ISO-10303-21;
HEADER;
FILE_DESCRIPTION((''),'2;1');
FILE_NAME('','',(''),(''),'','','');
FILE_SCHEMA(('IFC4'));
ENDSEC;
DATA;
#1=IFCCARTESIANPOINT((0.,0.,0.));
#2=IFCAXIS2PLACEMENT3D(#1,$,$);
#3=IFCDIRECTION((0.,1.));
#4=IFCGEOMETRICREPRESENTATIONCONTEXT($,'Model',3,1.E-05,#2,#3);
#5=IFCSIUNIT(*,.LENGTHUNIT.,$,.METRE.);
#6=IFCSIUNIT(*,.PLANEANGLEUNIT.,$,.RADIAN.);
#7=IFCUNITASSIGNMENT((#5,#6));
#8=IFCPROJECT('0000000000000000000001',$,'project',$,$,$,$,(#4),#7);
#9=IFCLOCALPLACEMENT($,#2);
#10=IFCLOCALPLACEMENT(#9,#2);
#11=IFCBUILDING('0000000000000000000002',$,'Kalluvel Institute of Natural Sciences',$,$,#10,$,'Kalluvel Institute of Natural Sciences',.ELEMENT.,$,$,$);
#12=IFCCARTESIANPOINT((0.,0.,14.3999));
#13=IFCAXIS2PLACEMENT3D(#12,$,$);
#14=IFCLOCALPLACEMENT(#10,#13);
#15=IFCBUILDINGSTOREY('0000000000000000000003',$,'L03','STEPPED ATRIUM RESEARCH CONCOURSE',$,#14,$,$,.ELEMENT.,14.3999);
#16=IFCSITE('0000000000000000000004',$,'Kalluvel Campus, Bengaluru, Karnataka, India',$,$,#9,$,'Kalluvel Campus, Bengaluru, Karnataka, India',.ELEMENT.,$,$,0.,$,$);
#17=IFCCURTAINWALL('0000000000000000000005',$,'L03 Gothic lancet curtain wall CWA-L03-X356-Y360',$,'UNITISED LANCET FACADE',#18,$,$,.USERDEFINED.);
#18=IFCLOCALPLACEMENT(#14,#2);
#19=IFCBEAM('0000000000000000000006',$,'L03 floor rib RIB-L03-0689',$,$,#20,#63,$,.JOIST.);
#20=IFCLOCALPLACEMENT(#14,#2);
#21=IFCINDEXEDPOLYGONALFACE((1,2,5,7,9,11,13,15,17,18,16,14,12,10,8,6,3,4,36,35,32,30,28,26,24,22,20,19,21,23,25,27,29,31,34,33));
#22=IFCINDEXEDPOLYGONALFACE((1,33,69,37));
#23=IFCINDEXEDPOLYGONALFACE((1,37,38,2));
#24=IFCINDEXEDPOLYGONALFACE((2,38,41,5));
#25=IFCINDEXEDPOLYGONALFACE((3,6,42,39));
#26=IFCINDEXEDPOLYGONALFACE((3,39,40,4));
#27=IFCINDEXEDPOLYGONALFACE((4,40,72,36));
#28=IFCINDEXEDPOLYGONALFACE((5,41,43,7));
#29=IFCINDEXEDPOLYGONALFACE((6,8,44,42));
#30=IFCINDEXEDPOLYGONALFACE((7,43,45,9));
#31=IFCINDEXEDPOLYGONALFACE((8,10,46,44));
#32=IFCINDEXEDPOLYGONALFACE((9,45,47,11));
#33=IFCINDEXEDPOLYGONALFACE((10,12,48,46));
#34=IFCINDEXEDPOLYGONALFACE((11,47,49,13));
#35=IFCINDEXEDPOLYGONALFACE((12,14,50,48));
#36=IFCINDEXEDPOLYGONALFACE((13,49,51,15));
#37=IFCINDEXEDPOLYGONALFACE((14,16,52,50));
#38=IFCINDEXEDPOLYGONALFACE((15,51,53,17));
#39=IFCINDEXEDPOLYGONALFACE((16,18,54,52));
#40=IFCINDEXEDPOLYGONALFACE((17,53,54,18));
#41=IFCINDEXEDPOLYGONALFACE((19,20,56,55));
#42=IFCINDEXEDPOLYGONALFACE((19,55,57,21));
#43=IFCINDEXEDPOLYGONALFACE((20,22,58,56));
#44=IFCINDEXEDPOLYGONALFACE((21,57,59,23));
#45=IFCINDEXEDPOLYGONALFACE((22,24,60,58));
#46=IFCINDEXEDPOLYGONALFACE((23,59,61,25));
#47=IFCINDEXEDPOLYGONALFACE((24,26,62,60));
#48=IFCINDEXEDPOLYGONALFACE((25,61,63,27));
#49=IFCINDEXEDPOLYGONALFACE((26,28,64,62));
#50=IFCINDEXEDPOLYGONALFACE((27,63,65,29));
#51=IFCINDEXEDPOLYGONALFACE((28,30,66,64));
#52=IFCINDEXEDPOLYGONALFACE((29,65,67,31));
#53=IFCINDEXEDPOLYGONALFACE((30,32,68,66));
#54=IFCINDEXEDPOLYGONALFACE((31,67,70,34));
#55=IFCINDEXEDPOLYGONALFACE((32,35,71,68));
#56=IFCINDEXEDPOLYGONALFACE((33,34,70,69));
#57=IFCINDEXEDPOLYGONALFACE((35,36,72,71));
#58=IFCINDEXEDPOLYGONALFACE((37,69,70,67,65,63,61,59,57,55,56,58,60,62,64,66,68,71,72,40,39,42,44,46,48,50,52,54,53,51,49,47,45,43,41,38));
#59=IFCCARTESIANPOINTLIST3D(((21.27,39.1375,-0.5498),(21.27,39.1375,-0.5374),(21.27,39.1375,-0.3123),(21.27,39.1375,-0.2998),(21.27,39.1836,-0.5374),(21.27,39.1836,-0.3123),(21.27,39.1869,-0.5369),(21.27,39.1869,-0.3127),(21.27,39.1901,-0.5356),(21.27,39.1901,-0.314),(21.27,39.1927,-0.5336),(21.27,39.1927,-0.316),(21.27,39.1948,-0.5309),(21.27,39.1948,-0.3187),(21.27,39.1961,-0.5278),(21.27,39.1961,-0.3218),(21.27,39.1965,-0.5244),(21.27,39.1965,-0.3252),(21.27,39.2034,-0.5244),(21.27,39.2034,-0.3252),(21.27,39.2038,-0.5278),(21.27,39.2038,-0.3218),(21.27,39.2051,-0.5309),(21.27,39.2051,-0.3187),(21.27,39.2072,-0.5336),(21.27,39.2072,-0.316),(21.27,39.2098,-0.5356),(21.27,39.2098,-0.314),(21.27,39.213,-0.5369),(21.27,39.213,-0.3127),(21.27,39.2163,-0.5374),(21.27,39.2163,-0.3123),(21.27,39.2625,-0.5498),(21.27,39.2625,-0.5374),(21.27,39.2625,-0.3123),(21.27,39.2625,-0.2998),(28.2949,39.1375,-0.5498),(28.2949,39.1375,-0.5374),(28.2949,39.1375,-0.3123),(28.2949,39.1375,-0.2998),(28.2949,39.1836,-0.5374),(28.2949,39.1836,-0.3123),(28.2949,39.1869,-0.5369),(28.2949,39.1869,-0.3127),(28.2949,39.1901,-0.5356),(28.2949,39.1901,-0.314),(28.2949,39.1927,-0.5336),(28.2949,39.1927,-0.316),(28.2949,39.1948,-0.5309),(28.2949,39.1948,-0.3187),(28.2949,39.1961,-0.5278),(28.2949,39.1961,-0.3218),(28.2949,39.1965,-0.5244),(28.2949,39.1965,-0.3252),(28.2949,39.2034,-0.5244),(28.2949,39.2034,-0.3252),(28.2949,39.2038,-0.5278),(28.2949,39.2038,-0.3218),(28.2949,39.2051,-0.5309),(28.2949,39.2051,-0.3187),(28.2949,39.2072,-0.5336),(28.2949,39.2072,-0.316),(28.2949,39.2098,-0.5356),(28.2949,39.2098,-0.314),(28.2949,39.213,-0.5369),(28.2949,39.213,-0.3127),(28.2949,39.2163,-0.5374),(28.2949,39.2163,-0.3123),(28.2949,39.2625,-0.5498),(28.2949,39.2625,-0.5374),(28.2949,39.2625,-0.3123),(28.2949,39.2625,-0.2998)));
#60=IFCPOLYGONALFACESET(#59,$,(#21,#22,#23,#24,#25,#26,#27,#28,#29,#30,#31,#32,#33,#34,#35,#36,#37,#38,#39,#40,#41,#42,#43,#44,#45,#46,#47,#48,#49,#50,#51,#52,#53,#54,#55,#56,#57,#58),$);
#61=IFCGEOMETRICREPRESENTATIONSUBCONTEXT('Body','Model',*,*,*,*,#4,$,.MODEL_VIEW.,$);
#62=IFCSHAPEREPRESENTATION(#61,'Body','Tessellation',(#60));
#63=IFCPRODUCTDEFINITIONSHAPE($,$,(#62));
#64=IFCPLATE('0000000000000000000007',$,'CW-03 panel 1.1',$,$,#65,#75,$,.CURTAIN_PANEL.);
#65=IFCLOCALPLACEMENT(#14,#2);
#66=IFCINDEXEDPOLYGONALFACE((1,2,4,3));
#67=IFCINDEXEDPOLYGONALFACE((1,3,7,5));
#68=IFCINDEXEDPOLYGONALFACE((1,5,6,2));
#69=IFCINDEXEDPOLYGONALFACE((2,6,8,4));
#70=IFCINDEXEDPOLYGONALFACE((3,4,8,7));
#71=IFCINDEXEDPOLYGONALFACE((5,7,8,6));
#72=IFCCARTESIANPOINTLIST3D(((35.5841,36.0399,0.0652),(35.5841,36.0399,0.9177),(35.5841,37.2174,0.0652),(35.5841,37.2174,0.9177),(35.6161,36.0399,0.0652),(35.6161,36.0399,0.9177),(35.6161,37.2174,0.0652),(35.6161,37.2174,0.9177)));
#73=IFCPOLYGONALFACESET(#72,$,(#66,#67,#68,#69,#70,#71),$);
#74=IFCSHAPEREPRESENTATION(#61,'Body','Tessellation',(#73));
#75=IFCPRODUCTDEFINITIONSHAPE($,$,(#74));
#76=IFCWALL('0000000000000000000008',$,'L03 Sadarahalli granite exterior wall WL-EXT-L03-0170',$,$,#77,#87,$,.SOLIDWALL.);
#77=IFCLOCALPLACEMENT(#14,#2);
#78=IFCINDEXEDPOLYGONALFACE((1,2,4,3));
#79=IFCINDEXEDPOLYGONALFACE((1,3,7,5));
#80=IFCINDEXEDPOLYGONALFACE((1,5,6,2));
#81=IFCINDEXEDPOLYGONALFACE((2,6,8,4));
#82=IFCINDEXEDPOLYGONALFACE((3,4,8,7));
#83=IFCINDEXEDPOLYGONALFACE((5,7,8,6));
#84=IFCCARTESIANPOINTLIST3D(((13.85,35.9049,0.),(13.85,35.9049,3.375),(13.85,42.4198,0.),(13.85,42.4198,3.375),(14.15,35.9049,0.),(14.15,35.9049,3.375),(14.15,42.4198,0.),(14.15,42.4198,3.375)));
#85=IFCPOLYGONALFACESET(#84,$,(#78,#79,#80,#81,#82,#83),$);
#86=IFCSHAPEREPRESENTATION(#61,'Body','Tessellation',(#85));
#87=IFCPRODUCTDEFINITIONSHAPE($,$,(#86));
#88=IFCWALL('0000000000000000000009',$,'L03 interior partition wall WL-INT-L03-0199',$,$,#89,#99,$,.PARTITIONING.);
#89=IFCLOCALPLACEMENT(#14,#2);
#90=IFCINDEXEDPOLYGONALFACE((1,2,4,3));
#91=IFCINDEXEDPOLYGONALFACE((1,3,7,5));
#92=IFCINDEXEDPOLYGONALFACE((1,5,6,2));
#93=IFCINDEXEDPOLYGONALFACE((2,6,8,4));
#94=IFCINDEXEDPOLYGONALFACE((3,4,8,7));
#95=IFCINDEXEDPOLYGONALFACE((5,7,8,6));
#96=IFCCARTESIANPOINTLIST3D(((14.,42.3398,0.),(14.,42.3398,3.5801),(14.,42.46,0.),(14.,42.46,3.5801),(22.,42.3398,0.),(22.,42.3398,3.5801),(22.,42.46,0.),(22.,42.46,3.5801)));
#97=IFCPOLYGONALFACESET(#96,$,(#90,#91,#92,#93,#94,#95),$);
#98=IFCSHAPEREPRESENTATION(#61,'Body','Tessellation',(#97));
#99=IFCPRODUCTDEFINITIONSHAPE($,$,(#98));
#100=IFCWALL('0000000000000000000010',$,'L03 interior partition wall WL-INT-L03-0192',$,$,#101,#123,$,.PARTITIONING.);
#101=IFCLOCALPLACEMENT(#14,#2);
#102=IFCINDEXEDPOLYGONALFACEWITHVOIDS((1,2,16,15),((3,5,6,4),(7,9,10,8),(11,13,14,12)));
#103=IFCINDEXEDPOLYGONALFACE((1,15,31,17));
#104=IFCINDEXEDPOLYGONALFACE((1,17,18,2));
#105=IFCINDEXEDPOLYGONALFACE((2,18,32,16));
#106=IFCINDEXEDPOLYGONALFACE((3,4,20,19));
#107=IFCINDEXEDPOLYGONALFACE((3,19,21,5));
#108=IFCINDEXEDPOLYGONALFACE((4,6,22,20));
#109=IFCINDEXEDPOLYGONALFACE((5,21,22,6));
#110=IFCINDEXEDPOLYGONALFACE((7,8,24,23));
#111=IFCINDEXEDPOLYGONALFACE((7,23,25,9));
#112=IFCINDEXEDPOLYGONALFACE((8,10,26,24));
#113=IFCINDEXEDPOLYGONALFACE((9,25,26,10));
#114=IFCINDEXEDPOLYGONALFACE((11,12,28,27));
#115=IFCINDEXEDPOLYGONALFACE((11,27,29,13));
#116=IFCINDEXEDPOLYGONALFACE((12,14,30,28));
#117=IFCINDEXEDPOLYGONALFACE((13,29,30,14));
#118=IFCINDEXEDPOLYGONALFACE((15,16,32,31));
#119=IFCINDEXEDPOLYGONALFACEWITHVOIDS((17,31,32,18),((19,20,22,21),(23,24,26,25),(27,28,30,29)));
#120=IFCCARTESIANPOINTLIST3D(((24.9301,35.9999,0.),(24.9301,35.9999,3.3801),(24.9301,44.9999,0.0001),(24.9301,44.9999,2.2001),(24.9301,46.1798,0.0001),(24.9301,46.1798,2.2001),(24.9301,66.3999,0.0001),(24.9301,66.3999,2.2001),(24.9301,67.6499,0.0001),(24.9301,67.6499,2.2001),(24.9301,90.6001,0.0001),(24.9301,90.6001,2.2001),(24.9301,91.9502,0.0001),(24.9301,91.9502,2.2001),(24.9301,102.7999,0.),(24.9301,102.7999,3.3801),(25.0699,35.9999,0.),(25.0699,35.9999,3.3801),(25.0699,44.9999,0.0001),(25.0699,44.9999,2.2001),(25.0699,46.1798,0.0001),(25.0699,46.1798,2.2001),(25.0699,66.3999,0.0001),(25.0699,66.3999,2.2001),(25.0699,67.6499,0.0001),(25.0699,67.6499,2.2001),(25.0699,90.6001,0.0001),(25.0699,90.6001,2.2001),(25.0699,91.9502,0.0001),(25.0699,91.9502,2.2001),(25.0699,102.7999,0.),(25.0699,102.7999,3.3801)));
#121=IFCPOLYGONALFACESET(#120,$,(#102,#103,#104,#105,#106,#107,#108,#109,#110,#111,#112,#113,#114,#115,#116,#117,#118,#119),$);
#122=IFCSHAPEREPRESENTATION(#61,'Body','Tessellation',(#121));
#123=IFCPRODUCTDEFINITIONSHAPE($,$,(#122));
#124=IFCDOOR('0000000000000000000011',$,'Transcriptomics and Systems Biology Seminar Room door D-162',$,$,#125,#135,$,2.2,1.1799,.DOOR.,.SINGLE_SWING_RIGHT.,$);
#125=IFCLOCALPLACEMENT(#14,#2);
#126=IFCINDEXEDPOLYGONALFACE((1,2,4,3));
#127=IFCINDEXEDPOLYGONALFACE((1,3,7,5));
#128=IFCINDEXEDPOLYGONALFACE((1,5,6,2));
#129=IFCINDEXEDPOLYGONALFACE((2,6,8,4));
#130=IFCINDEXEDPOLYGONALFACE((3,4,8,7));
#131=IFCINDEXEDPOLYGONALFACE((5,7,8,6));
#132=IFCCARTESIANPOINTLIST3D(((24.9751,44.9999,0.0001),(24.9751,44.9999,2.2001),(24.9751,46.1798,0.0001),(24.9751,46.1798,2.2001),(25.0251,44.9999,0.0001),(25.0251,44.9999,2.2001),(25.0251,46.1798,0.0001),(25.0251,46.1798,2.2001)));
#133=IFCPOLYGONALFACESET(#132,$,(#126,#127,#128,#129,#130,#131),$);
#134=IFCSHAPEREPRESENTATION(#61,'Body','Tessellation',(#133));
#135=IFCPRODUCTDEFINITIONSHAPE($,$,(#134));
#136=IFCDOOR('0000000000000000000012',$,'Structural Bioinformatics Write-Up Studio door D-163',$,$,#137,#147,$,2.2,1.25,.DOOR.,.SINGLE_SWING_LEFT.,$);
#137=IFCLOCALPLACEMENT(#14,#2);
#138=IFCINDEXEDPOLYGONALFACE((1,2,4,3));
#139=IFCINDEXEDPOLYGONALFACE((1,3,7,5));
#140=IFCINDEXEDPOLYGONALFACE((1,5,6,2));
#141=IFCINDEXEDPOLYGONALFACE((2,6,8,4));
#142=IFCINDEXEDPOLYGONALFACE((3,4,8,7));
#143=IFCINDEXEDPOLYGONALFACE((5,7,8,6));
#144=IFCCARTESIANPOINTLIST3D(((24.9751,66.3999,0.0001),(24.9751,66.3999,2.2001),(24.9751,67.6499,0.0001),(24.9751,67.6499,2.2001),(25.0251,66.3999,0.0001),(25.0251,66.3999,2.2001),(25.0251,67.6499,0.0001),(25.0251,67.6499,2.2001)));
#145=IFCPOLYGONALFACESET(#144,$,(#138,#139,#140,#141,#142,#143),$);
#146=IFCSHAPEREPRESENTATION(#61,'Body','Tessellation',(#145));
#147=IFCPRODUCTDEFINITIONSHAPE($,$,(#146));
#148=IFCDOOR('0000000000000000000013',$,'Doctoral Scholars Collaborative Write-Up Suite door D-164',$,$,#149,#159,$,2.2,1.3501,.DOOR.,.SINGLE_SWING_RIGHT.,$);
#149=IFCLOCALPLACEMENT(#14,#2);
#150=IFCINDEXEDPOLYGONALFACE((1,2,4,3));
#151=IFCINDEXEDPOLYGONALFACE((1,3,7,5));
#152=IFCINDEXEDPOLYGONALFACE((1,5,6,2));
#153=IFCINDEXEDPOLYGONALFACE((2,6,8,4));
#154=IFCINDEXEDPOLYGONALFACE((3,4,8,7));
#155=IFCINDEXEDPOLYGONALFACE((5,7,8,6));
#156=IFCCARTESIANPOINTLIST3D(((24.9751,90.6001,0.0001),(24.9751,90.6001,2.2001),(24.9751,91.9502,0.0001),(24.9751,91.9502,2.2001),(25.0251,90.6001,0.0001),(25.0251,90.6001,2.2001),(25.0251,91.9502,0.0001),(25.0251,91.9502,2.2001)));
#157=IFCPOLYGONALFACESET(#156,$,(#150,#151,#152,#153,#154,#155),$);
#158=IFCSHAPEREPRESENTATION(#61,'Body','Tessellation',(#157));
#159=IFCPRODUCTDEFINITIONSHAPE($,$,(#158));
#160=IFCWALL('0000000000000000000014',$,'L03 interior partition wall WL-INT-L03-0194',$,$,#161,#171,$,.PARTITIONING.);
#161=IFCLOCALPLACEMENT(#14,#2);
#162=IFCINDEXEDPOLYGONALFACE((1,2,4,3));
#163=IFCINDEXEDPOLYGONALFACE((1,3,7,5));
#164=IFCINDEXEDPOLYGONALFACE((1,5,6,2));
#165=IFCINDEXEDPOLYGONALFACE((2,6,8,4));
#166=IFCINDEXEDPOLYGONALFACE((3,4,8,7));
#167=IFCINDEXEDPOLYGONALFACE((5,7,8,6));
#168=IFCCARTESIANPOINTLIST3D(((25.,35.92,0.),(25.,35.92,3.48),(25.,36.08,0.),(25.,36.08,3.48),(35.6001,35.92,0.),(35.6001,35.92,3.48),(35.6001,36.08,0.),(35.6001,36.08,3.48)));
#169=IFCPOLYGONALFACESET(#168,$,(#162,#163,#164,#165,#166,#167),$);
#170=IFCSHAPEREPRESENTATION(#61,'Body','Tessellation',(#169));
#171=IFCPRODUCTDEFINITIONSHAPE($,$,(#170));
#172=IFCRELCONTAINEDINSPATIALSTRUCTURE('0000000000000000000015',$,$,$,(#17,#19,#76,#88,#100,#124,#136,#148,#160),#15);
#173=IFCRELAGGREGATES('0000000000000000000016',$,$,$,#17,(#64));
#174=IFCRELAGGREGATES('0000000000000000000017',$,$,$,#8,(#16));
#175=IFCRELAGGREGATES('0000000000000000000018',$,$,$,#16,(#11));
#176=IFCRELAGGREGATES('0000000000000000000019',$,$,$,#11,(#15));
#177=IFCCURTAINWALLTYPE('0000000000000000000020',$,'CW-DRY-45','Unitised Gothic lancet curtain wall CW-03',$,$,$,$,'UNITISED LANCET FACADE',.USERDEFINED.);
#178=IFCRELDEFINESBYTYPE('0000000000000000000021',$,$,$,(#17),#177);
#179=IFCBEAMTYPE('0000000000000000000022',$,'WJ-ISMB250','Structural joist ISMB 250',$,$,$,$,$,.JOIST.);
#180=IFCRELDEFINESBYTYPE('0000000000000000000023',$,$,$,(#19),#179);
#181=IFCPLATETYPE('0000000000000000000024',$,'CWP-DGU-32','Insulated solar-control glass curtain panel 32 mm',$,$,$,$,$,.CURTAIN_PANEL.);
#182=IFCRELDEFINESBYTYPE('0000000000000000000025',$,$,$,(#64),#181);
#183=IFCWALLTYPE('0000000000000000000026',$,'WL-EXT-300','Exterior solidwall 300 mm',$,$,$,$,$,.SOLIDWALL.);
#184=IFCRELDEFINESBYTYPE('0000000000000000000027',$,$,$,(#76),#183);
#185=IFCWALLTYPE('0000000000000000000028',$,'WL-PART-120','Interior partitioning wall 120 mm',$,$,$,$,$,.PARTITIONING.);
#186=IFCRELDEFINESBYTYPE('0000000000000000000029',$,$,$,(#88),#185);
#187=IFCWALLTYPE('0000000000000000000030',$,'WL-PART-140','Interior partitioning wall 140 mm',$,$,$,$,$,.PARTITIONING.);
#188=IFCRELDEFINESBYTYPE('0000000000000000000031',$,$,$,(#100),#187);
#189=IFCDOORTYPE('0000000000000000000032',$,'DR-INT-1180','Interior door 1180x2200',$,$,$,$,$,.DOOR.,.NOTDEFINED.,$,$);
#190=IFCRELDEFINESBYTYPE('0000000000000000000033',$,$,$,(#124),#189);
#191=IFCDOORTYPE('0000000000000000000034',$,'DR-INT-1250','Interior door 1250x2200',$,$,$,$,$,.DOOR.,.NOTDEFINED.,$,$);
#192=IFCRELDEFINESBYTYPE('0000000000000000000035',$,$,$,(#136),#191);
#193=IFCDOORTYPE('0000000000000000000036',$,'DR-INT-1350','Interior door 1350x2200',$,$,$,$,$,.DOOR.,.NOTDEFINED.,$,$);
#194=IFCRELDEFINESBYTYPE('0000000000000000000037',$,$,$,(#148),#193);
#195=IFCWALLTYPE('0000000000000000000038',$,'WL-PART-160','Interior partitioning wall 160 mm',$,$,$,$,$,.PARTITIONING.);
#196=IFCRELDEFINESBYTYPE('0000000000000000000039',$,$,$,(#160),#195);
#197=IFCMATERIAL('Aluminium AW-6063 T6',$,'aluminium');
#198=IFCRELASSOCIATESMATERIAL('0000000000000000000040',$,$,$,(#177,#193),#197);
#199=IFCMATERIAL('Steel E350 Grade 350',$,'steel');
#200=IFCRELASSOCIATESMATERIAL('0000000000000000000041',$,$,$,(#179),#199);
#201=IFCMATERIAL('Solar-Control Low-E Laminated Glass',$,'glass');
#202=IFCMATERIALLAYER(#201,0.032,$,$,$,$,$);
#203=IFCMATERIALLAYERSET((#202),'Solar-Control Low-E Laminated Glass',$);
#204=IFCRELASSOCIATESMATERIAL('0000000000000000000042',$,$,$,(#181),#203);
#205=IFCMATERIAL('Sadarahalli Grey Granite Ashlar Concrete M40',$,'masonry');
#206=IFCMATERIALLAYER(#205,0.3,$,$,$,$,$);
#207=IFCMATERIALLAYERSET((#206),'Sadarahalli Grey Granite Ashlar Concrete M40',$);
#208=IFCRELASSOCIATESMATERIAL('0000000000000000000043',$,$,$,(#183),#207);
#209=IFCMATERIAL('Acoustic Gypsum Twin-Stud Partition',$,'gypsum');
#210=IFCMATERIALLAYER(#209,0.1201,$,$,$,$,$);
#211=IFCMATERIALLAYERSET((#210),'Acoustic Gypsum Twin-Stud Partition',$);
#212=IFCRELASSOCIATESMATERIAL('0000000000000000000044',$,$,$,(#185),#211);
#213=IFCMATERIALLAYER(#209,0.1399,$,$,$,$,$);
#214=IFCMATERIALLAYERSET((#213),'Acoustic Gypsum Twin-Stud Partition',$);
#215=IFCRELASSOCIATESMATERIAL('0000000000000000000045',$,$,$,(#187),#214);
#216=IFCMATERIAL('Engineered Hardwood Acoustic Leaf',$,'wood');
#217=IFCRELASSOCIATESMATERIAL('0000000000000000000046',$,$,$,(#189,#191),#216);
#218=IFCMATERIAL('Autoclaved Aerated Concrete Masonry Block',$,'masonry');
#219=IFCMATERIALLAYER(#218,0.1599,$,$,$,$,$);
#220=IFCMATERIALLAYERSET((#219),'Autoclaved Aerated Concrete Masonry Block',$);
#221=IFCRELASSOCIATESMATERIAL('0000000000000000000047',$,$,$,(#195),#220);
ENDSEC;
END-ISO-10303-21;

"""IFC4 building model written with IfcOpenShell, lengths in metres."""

from ifc_helpers import new_model, si_unit, direction, frame, frame_2d, origin, origin_2d, place, context, subcontext, project, spatial, rectangle, i_section, extrude, material, layer, layer_set, material_profile, profile_set, type_object, element, fill, aggregate, save


model = new_model("IFC4")

# Units and contexts
model_context = context("Model", 3, precision=1e-05, world=origin(), true_north=direction((0.0, 1.0)))
body_context = subcontext(model_context, "Body", "Model", "MODEL_VIEW")
ifc_project = project(units=[si_unit("LENGTHUNIT", "METRE"), si_unit("PLANEANGLEUNIT", "RADIAN")], contexts=[model_context])

# Site, building, storey
site_placement = place(None, origin())
site = spatial("IfcSite", under=ifc_project, at=site_placement, Name="Kalluvel Campus, Bengaluru, Karnataka, India", LongName="Kalluvel Campus, Bengaluru, Karnataka, India", CompositionType="ELEMENT", RefElevation=0.0)
building_placement = place(site_placement, origin())
building = spatial("IfcBuilding", under=site, at=building_placement, Name="Kalluvel Institute of Natural Sciences", LongName="Kalluvel Institute of Natural Sciences", CompositionType="ELEMENT")
storey_placement = place(building_placement, frame((0.0, 0.0, 14.3999)))
storey = spatial("IfcBuildingStorey", under=building, at=storey_placement, Name="L03", Description="STEPPED ATRIUM RESEARCH CONCOURSE", CompositionType="ELEMENT", Elevation=14.3999)

# Shared definitions
ifc_material_1 = material(Name="Steel E350 Grade 350", Category="steel")

# Curtain wall
ifc_material_2 = material(Name="Aluminium AW-6063 T6", Category="aluminium")
curtain_wall_type = type_object("IfcCurtainWallType", Name="CW-DRY-45", Description="Unitised Gothic lancet curtain wall CW-03", ElementType="UNITISED LANCET FACADE", PredefinedType="USERDEFINED", material=ifc_material_2)
curtain_wall_placement = place(storey_placement, origin())
curtain_wall = element("IfcCurtainWall", 1, at=curtain_wall_placement, inside=storey, type_object=curtain_wall_type, Name="L03 Gothic lancet curtain wall CWA-L03-X356-Y360", ObjectType="UNITISED LANCET FACADE", PredefinedType="USERDEFINED")

# Beam
ifc_material_profile_1 = material_profile(ifc_material_1, i_section(OverallWidth=0.125, OverallDepth=0.25, WebThickness=0.0068, FlangeThickness=0.0125, FilletRadius=0.0129, at=origin_2d()), Name="ISMB 250")
ifc_profile_set_1 = profile_set([ifc_material_profile_1], Name="Steel E350 Grade 350")
beam_type_1 = type_object("IfcBeamType", Name="WJ-ISMB250", Description="Structural joist ISMB 250", PredefinedType="JOIST", material=ifc_profile_set_1)
beam_1_placement = place(storey_placement, frame((21.27, 39.2, -0.4248), z_axis=(1.0, 0.0, 0.0), x_axis=(0.0, 1.0, 0.0)))
element("IfcBeam", 2, at=beam_1_placement, inside=storey, type_object=beam_type_1, Name="L03 floor rib RIB-L03-0689", PredefinedType="JOIST", context=body_context, shape_type="SweptSolid", body=[
    extrude(i_section(OverallWidth=0.125, OverallDepth=0.25, WebThickness=0.0068, FlangeThickness=0.0125, FilletRadius=0.0129, at=origin_2d()), origin(), (0.0, 0.0, 1.0), 7.0249),
])

# Plate
ifc_material_3 = material(Name="Solar-Control Low-E Laminated Glass", Category="glass")
ifc_layer_1 = layer(ifc_material_3, 0.032)
ifc_layer_set_1 = layer_set([ifc_layer_1], Name="Solar-Control Low-E Laminated Glass")
plate_type = type_object("IfcPlateType", Name="CWP-DGU-32", Description="Insulated solar-control glass curtain panel 32 mm", PredefinedType="CURTAIN_PANEL", material=ifc_layer_set_1)
plate_placement = place(storey_placement, frame((35.6001, 36.6287, 0.0652), z_axis=(0.0, 0.0, 1.0), x_axis=(0.0, 1.0, 0.0)))
plate = element("IfcPlate", 3, at=plate_placement, type_object=plate_type, Name="CW-03 panel 1.1", PredefinedType="CURTAIN_PANEL", context=body_context, shape_type="SweptSolid", body=[
    extrude(rectangle(XDim=1.1775, YDim=0.032, at=origin_2d()), origin(), (0.0, 0.0, 1.0), 0.8525),
])
aggregate(curtain_wall, [plate])

# Walls
ifc_material_4 = material(Name="Sadarahalli Grey Granite Ashlar Concrete M40", Category="masonry")
ifc_layer_2 = layer(ifc_material_4, 0.3)
ifc_layer_set_2 = layer_set([ifc_layer_2], Name="Sadarahalli Grey Granite Ashlar Concrete M40")
wall_type_1 = type_object("IfcWallType", Name="WL-EXT-300", Description="Exterior solidwall 300 mm", PredefinedType="SOLIDWALL", material=ifc_layer_set_2)
wall_1_placement = place(storey_placement, frame((14.0, 35.905, 0.0), z_axis=(0.0, 0.0, 1.0), x_axis=(0.0, 1.0, 0.0)))
element("IfcWall", 4, at=wall_1_placement, inside=storey, type_object=wall_type_1, Name="L03 Sadarahalli granite exterior wall WL-EXT-L03-0170", PredefinedType="SOLIDWALL", context=body_context, shape_type="SweptSolid", body=[
    extrude(rectangle(XDim=6.5149, YDim=0.3, at=frame_2d((3.2573, 0.0))), origin(), (0.0, 0.0, 1.0), 3.375),
])
ifc_material_5 = material(Name="Acoustic Gypsum Twin-Stud Partition", Category="gypsum")
ifc_layer_3 = layer(ifc_material_5, 0.1201)
ifc_layer_set_3 = layer_set([ifc_layer_3], Name="Acoustic Gypsum Twin-Stud Partition")
wall_type_2 = type_object("IfcWallType", Name="WL-PART-120", Description="Interior partitioning wall 120 mm", PredefinedType="PARTITIONING", material=ifc_layer_set_3)
wall_2_placement = place(storey_placement, frame((14.0, 42.3999, 0.0), z_axis=(0.0, 0.0, 1.0), x_axis=(1.0, 0.0, 0.0)))
element("IfcWall", 5, at=wall_2_placement, inside=storey, type_object=wall_type_2, Name="L03 interior partition wall WL-INT-L03-0199", PredefinedType="PARTITIONING", context=body_context, shape_type="SweptSolid", body=[
    extrude(rectangle(XDim=8.0, YDim=0.1201, at=frame_2d((4.0, 0.0))), origin(), (0.0, 0.0, 1.0), 3.5801),
])

# Wall, openings, doors
ifc_layer_4 = layer(ifc_material_5, 0.1399)
ifc_layer_set_4 = layer_set([ifc_layer_4], Name="Acoustic Gypsum Twin-Stud Partition")
wall_type_3 = type_object("IfcWallType", Name="WL-PART-140", Description="Interior partitioning wall 140 mm", PredefinedType="PARTITIONING", material=ifc_layer_set_4)
wall_3_placement = place(storey_placement, frame((25.0, 36.0, 0.0), z_axis=(0.0, 0.0, 1.0), x_axis=(0.0, 1.0, 0.0)))
wall_3 = element("IfcWall", 6, at=wall_3_placement, inside=storey, type_object=wall_type_3, Name="L03 interior partition wall WL-INT-L03-0192", PredefinedType="PARTITIONING", context=body_context, shape_type="SweptSolid", body=[
    extrude(rectangle(XDim=66.8, YDim=0.1399, at=frame_2d((33.3999, 0.0))), origin(), (0.0, 0.0, 1.0), 3.3801),
])
opening_1_placement = place(wall_3_placement, frame((9.0, 0.0, 0.0)))
opening_1 = element("IfcOpeningElement", 7, at=opening_1_placement, cuts=wall_3, PredefinedType="OPENING", context=body_context, shape_type="SweptSolid", body=[
    extrude(rectangle(XDim=1.1799, YDim=2.2, at=frame_2d((0.5898, 1.1001))), frame((0.0, 0.0798, 0.0), z_axis=(0.0, -1.0, 0.0), x_axis=(1.0, 0.0, 0.0)), (0.0, 0.0, 1.0), 0.1599),
])
opening_2_placement = place(wall_3_placement, frame((30.3999, 0.0, 0.0)))
opening_2 = element("IfcOpeningElement", 8, at=opening_2_placement, cuts=wall_3, PredefinedType="OPENING", context=body_context, shape_type="SweptSolid", body=[
    extrude(rectangle(XDim=1.25, YDim=2.2, at=frame_2d((0.625, 1.1001))), frame((0.0, 0.0798, 0.0), z_axis=(0.0, -1.0, 0.0), x_axis=(1.0, 0.0, 0.0)), (0.0, 0.0, 1.0), 0.1599),
])
opening_3_placement = place(wall_3_placement, frame((54.6001, 0.0, 0.0)))
opening_3 = element("IfcOpeningElement", 9, at=opening_3_placement, cuts=wall_3, PredefinedType="OPENING", context=body_context, shape_type="SweptSolid", body=[
    extrude(rectangle(XDim=1.3501, YDim=2.2, at=frame_2d((0.675, 1.1001))), frame((0.0, 0.0798, 0.0), z_axis=(0.0, -1.0, 0.0), x_axis=(1.0, 0.0, 0.0)), (0.0, 0.0, 1.0), 0.1599),
])
ifc_material_6 = material(Name="Engineered Hardwood Acoustic Leaf", Category="wood")
door_type_1 = type_object("IfcDoorType", Name="DR-INT-1180", Description="Interior door 1180x2200", OperationType="NOTDEFINED", PredefinedType="DOOR", material=ifc_material_6)
door_1_placement = place(opening_1_placement, origin())
door_1 = element("IfcDoor", 10, at=door_1_placement, inside=storey, type_object=door_type_1, Name="Transcriptomics and Systems Biology Seminar Room door D-162", OperationType="SINGLE_SWING_RIGHT", OverallHeight=2.2, OverallWidth=1.1799, PredefinedType="DOOR", context=body_context, shape_type="SweptSolid", body=[
    extrude(rectangle(XDim=1.1799, YDim=2.2, at=frame_2d((0.5898, 1.1001))), frame((0.0, 0.0249, 0.0), z_axis=(0.0, -1.0, 0.0), x_axis=(1.0, 0.0, 0.0)), (0.0, 0.0, 1.0), 0.05),
])
fill(opening_1, door_1)
door_type_2 = type_object("IfcDoorType", Name="DR-INT-1250", Description="Interior door 1250x2200", OperationType="NOTDEFINED", PredefinedType="DOOR", material=ifc_material_6)
door_2_placement = place(opening_2_placement, origin())
door_2 = element("IfcDoor", 11, at=door_2_placement, inside=storey, type_object=door_type_2, Name="Structural Bioinformatics Write-Up Studio door D-163", OperationType="SINGLE_SWING_LEFT", OverallHeight=2.2, OverallWidth=1.25, PredefinedType="DOOR", context=body_context, shape_type="SweptSolid", body=[
    extrude(rectangle(XDim=1.25, YDim=2.2, at=frame_2d((0.625, 1.1001))), frame((0.0, 0.0249, 0.0), z_axis=(0.0, -1.0, 0.0), x_axis=(1.0, 0.0, 0.0)), (0.0, 0.0, 1.0), 0.05),
])
fill(opening_2, door_2)
door_type_3 = type_object("IfcDoorType", Name="DR-INT-1350", Description="Interior door 1350x2200", OperationType="NOTDEFINED", PredefinedType="DOOR", material=ifc_material_2)
door_3_placement = place(opening_3_placement, origin())
door_3 = element("IfcDoor", 12, at=door_3_placement, inside=storey, type_object=door_type_3, Name="Doctoral Scholars Collaborative Write-Up Suite door D-164", OperationType="SINGLE_SWING_RIGHT", OverallHeight=2.2, OverallWidth=1.3501, PredefinedType="DOOR", context=body_context, shape_type="SweptSolid", body=[
    extrude(rectangle(XDim=1.3501, YDim=2.2, at=frame_2d((0.675, 1.1001))), frame((0.0, 0.0249, 0.0), z_axis=(0.0, -1.0, 0.0), x_axis=(1.0, 0.0, 0.0)), (0.0, 0.0, 1.0), 0.05),
])
fill(opening_3, door_3)

# Wall
ifc_material_7 = material(Name="Autoclaved Aerated Concrete Masonry Block", Category="masonry")
ifc_layer_5 = layer(ifc_material_7, 0.1599)
ifc_layer_set_5 = layer_set([ifc_layer_5], Name="Autoclaved Aerated Concrete Masonry Block")
wall_type_4 = type_object("IfcWallType", Name="WL-PART-160", Description="Interior partitioning wall 160 mm", PredefinedType="PARTITIONING", material=ifc_layer_set_5)
wall_4_placement = place(storey_placement, frame((25.0, 36.0, 0.0), z_axis=(0.0, 0.0, 1.0), x_axis=(1.0, 0.0, 0.0)))
element("IfcWall", 13, at=wall_4_placement, inside=storey, type_object=wall_type_4, Name="L03 interior partition wall WL-INT-L03-0194", PredefinedType="PARTITIONING", context=body_context, shape_type="SweptSolid", body=[
    extrude(rectangle(XDim=10.6001, YDim=0.1599, at=frame_2d((5.3, 0.0))), origin(), (0.0, 0.0, 1.0), 3.48),
])

save(model, "model.ifc")
